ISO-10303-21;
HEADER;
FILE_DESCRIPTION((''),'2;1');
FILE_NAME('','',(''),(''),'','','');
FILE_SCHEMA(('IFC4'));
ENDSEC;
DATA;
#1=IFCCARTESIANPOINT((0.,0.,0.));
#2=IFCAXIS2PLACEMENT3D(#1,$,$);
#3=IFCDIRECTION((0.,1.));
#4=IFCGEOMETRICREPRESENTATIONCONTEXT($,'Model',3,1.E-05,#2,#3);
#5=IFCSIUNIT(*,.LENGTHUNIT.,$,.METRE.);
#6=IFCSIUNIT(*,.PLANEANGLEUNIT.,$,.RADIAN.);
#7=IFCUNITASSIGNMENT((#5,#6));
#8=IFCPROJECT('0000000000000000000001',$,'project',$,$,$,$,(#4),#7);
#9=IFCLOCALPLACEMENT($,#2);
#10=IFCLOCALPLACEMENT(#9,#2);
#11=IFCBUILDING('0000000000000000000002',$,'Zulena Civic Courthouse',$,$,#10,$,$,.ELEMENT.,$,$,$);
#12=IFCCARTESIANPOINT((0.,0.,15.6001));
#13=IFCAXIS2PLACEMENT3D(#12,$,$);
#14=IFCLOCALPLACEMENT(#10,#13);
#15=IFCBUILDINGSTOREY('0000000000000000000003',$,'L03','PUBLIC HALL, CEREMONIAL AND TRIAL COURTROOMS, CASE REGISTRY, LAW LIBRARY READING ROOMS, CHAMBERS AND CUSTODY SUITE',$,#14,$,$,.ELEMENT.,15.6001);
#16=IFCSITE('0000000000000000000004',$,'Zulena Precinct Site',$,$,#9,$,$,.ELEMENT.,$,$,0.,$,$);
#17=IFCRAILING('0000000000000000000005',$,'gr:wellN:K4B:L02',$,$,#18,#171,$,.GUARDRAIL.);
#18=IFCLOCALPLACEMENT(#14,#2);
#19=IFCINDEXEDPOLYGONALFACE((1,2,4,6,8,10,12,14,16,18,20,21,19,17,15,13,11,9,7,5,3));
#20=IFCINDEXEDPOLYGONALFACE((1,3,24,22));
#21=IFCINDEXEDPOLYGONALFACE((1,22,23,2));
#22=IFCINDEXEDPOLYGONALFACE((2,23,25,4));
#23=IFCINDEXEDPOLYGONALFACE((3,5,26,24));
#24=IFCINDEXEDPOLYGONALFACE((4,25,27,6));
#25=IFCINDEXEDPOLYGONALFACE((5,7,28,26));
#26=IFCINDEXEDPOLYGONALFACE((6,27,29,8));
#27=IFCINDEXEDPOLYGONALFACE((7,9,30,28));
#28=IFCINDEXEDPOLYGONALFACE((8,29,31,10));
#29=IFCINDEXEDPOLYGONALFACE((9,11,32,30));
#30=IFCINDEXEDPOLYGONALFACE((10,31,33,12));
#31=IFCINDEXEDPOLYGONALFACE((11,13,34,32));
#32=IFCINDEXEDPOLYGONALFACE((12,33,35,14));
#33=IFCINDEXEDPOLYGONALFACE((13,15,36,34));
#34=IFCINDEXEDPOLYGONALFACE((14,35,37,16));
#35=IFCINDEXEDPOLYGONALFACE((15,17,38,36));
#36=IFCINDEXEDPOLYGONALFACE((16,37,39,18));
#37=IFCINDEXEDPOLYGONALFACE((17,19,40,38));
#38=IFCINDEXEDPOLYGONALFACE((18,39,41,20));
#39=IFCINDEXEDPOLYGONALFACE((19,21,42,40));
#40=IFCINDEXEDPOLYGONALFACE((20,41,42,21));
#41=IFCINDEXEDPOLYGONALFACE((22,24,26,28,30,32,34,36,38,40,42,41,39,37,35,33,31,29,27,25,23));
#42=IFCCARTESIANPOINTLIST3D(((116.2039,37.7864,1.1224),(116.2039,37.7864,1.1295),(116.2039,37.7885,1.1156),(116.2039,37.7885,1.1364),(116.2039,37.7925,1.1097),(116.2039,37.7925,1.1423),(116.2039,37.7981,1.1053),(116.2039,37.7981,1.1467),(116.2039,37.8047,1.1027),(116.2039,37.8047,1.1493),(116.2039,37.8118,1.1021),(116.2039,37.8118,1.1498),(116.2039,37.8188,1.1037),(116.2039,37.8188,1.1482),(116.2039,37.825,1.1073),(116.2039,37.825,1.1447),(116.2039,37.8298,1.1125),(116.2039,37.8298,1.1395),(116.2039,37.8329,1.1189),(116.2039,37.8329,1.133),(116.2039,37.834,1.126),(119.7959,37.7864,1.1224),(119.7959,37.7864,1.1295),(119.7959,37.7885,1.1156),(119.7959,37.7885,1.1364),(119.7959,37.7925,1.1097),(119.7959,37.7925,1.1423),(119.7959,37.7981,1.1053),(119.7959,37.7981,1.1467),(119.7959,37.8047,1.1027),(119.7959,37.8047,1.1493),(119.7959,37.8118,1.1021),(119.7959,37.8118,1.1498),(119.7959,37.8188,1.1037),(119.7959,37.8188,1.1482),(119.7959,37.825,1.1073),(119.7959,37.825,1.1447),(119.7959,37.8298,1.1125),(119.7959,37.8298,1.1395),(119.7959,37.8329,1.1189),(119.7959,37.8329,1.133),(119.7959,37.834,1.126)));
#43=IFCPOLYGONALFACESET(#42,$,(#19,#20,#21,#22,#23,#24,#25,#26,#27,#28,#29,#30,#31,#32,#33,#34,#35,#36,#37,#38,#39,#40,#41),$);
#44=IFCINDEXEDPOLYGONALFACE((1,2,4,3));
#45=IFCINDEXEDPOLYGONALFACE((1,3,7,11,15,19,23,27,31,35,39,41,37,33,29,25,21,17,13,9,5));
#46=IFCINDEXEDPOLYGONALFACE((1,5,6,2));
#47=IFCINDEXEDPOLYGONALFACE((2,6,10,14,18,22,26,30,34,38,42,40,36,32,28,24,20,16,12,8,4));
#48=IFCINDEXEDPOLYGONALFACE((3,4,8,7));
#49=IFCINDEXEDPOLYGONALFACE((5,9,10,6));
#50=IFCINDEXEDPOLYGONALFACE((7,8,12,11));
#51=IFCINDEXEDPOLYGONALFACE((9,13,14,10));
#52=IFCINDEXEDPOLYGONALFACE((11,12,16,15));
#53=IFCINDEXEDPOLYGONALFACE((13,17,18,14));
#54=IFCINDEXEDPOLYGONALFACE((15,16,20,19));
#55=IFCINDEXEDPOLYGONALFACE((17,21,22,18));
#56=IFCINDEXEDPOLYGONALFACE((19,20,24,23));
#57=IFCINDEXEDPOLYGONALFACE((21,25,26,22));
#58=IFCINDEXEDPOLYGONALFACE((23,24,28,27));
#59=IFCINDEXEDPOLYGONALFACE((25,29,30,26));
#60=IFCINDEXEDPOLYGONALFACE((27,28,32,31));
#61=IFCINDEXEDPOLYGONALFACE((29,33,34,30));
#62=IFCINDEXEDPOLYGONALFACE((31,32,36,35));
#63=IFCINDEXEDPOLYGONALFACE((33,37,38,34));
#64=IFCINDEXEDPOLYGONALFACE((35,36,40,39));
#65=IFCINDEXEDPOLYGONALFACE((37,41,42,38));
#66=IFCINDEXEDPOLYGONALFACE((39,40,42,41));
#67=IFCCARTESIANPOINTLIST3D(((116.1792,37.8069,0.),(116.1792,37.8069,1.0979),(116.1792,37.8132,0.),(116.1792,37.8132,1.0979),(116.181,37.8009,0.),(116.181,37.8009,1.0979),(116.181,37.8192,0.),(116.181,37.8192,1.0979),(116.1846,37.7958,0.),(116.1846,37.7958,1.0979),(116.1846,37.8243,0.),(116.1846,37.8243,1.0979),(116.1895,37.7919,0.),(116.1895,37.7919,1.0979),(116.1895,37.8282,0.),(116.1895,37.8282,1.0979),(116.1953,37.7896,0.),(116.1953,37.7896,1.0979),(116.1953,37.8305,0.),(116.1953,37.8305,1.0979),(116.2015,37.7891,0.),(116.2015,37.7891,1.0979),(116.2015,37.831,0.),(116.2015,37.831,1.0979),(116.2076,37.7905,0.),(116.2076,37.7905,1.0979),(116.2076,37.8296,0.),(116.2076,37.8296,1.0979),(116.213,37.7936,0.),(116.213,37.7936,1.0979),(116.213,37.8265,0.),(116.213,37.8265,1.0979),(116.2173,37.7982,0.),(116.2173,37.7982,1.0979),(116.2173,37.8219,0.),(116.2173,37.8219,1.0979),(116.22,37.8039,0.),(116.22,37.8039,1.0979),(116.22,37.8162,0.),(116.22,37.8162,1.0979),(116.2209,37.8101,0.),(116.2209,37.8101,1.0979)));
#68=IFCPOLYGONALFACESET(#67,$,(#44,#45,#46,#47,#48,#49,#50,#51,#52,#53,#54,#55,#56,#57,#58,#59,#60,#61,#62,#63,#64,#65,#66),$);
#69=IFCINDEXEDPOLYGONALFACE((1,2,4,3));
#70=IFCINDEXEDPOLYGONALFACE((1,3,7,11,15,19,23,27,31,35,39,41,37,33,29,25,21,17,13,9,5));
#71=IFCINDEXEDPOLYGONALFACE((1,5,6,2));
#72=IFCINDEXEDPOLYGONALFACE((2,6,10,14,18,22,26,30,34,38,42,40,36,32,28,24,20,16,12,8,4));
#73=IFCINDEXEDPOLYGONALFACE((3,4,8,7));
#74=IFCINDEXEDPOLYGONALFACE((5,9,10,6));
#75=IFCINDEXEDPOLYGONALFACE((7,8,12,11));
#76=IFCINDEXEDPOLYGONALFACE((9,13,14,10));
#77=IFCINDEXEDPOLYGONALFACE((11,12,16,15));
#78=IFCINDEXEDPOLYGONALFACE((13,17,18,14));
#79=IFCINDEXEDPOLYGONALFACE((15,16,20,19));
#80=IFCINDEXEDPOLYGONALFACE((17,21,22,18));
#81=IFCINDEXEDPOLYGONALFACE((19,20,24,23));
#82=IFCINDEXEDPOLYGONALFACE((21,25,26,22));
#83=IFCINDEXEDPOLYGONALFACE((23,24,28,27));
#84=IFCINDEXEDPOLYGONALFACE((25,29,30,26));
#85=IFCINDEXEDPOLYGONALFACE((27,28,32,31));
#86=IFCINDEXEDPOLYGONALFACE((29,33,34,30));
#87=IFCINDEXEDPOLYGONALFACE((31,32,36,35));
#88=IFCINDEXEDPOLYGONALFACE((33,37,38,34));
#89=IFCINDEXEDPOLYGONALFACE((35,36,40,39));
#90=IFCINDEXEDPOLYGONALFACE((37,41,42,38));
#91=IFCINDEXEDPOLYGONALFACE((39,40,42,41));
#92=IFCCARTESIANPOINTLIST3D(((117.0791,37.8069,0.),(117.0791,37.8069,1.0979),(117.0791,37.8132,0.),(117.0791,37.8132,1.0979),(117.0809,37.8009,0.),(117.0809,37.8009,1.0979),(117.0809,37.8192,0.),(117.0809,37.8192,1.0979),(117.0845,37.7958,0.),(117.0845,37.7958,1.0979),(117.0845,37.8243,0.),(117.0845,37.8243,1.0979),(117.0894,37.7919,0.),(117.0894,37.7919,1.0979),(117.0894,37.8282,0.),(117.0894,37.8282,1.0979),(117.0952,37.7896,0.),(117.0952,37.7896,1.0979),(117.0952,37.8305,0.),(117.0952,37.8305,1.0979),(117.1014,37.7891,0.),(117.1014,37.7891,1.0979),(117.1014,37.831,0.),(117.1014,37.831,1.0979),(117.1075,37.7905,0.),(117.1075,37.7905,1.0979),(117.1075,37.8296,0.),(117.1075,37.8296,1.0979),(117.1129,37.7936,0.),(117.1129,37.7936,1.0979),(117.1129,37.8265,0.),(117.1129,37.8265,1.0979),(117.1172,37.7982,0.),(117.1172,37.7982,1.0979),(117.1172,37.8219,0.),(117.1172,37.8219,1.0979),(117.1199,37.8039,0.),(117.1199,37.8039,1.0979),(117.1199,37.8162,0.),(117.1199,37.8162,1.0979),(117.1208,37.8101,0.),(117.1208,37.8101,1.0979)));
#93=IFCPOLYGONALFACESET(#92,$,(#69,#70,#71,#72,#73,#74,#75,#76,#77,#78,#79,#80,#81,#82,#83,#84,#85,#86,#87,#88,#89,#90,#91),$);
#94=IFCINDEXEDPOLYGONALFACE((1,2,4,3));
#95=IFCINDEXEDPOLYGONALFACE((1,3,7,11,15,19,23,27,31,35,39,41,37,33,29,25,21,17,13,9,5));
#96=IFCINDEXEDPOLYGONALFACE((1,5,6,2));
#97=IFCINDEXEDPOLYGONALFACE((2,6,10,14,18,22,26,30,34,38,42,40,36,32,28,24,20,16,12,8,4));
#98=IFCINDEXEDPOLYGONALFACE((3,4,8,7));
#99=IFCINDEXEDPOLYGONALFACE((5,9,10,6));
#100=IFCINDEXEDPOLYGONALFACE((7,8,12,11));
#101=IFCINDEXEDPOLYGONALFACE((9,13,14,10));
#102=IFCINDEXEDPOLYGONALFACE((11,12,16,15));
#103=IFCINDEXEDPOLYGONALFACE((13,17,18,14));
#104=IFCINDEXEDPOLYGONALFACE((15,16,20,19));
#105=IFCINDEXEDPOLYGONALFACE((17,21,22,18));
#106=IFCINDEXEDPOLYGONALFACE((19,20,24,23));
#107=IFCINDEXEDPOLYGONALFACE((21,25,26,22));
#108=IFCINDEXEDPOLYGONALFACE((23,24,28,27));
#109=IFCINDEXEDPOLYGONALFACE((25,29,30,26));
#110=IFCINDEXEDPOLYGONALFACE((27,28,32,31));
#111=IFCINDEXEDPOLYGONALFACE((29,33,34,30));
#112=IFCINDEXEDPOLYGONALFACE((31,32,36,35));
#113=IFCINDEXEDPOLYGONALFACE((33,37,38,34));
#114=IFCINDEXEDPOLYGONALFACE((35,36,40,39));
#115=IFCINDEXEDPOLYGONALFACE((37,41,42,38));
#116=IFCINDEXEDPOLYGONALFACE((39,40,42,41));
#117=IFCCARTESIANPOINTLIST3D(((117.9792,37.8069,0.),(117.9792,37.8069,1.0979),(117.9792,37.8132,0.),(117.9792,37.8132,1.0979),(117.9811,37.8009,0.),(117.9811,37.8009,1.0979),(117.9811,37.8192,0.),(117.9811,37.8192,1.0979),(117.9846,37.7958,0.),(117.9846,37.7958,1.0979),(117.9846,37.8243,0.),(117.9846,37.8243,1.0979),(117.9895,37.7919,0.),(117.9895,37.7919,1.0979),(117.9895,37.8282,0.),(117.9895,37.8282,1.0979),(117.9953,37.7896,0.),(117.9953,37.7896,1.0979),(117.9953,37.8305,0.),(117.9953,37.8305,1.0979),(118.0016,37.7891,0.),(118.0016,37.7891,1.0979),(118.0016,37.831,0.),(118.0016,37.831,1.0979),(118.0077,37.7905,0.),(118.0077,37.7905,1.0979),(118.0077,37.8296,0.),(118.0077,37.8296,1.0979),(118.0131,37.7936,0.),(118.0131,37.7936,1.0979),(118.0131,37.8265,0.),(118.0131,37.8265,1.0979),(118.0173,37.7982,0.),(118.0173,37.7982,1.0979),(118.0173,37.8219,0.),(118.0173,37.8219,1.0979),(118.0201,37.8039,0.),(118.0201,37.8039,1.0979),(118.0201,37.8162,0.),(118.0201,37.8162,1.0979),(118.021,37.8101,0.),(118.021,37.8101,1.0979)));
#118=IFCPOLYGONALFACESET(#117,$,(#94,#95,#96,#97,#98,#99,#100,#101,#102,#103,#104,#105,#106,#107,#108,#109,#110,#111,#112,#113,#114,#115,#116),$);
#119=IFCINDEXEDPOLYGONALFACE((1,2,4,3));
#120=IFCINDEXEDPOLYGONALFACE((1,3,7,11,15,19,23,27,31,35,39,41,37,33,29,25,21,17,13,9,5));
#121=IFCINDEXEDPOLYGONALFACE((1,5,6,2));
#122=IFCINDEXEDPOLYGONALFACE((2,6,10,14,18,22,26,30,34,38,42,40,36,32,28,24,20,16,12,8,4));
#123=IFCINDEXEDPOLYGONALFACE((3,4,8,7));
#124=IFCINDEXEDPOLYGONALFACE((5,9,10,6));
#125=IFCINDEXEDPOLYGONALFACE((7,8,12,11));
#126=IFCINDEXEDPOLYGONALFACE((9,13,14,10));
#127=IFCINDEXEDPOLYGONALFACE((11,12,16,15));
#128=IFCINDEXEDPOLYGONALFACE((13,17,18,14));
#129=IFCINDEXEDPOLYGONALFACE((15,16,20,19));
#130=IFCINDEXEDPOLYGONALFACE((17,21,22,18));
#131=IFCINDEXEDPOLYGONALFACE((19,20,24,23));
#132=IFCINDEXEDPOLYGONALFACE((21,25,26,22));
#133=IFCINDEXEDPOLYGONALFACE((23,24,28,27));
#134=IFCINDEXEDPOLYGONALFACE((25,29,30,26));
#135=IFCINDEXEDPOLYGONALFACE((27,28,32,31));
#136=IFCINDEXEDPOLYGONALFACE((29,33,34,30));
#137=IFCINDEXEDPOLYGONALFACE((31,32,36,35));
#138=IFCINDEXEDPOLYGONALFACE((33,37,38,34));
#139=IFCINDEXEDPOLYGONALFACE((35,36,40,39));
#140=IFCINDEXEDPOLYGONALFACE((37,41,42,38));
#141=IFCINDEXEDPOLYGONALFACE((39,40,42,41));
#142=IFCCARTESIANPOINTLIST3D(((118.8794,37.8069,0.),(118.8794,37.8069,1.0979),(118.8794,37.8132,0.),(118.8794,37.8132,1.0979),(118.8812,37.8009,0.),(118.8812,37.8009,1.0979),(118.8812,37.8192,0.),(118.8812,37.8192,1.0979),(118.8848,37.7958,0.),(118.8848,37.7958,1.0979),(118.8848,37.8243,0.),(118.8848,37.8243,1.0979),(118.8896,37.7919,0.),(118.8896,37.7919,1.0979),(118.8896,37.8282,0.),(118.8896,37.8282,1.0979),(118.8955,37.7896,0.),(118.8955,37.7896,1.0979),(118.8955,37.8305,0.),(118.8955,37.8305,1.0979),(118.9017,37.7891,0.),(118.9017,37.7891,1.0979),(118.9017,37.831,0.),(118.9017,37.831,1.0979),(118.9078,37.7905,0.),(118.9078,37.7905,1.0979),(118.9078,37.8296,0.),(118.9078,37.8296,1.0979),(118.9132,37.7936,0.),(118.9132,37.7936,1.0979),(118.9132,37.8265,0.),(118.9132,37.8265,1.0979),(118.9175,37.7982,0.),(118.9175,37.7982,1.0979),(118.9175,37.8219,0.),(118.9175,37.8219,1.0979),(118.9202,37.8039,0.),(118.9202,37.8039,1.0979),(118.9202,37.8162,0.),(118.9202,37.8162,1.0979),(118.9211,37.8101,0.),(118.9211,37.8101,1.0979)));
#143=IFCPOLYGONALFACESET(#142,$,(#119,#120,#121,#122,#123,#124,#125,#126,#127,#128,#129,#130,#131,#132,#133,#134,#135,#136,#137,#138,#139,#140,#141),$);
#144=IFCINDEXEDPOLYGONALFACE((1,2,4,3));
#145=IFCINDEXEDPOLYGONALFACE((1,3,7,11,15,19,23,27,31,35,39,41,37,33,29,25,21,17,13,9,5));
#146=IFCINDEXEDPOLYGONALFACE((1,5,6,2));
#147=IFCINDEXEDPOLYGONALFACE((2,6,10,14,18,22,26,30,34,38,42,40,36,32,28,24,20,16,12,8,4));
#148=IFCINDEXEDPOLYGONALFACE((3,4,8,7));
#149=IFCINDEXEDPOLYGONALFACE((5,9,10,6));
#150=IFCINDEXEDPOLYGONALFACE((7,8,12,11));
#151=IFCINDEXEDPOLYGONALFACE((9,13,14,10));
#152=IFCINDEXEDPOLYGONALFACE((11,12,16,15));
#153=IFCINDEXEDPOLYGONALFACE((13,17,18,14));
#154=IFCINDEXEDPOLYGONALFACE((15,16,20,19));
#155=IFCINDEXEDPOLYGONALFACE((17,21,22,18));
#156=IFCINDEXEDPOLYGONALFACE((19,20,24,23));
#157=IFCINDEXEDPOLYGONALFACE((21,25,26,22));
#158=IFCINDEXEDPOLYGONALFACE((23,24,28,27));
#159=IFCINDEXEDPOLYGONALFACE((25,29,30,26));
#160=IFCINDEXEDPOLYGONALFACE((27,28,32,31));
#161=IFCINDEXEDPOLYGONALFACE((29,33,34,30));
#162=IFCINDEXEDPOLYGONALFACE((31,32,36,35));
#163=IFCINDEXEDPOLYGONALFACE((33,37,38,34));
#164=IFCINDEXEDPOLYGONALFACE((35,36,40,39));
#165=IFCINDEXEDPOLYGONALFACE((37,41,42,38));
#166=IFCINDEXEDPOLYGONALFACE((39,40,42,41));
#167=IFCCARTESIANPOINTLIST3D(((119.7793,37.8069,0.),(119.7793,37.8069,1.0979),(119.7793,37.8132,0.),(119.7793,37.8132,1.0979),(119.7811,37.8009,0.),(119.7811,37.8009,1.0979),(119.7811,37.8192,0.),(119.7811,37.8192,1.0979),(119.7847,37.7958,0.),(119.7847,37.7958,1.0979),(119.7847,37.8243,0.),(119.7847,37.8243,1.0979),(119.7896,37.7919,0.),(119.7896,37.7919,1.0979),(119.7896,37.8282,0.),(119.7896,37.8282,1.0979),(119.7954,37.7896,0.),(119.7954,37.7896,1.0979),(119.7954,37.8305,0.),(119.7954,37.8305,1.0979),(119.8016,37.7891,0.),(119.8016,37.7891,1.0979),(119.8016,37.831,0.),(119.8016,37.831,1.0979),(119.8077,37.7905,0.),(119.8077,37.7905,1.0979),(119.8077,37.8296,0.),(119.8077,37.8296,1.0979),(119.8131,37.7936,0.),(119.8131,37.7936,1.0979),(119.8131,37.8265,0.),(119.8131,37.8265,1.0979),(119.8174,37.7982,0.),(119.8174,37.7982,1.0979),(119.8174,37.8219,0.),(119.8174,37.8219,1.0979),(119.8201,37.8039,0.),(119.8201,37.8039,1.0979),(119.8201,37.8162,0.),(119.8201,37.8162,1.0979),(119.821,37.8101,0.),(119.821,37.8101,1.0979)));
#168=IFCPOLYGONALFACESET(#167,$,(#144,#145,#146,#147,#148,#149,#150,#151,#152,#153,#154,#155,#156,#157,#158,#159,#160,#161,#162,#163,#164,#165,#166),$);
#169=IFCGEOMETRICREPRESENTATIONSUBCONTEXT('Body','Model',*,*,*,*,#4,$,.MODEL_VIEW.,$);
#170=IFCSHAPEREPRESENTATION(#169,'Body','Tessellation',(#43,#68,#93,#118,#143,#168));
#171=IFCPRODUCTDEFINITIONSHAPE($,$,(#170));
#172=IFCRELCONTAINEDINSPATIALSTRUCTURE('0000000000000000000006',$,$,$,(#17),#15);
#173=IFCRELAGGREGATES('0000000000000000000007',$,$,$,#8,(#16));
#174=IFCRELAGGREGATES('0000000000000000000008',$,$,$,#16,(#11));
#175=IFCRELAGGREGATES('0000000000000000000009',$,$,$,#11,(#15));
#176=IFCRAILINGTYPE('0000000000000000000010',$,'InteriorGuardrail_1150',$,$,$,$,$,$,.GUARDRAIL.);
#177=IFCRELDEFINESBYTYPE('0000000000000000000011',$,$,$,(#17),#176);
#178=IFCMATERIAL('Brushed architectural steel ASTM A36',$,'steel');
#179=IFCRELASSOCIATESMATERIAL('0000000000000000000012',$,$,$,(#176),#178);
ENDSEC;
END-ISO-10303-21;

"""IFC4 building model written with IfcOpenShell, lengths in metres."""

from ifc_helpers import new_model, si_unit, direction, frame, origin, origin_2d, place, context, subcontext, project, spatial, circle, extrude, material, type_object, element, save


model = new_model("IFC4")

# Units and contexts
model_context = context("Model", 3, precision=1e-05, world=origin(), true_north=direction((0.0, 1.0)))
body_context = subcontext(model_context, "Body", "Model", "MODEL_VIEW")
ifc_project = project(units=[si_unit("LENGTHUNIT", "METRE"), si_unit("PLANEANGLEUNIT", "RADIAN")], contexts=[model_context])

# Site, building, storey
site_placement = place(None, origin())
site = spatial("IfcSite", under=ifc_project, at=site_placement, Name="Zulena Precinct Site", CompositionType="ELEMENT", RefElevation=0.0)
building_placement = place(site_placement, origin())
building = spatial("IfcBuilding", under=site, at=building_placement, Name="Zulena Civic Courthouse", CompositionType="ELEMENT")
storey_placement = place(building_placement, frame((0.0, 0.0, 15.6001)))
storey = spatial("IfcBuildingStorey", under=building, at=storey_placement, Name="L03", Description="PUBLIC HALL, CEREMONIAL AND TRIAL COURTROOMS, CASE REGISTRY, LAW LIBRARY READING ROOMS, CHAMBERS AND CUSTODY SUITE", CompositionType="ELEMENT", Elevation=15.6001)

# Railing
ifc_material_1 = material(Name="Brushed architectural steel ASTM A36", Category="steel")
railing_type_1 = type_object("IfcRailingType", Name="InteriorGuardrail_1150", PredefinedType="GUARDRAIL", material=ifc_material_1)
railing_1_placement = place(storey_placement, frame((116.2, 37.8101, 0.0)))
element("IfcRailing", 1, at=railing_1_placement, inside=storey, type_object=railing_type_1, Name="gr:wellN:K4B:L02", PredefinedType="GUARDRAIL", context=body_context, shape_type="SweptSolid", body=[
    extrude(circle(Radius=0.0239, at=origin_2d()), frame((0.0039, 0.0, 1.126), z_axis=(1.0, 0.0, 0.0), x_axis=(0.0, 1.0, 0.0)), (0.0, 0.0, 1.0), 3.592),
    extrude(circle(Radius=0.021, at=origin_2d()), origin(), (0.0, 0.0, 1.0), 1.0979),
    extrude(circle(Radius=0.021, at=origin_2d()), frame((0.8999, 0.0, 0.0)), (0.0, 0.0, 1.0), 1.0979),
    extrude(circle(Radius=0.021, at=origin_2d()), frame((1.8, 0.0, 0.0)), (0.0, 0.0, 1.0), 1.0979),
    extrude(circle(Radius=0.021, at=origin_2d()), frame((2.7002, 0.0, 0.0)), (0.0, 0.0, 1.0), 1.0979),
    extrude(circle(Radius=0.021, at=origin_2d()), frame((3.6001, 0.0, 0.0)), (0.0, 0.0, 1.0), 1.0979),
])

save(model, "model.ifc")
